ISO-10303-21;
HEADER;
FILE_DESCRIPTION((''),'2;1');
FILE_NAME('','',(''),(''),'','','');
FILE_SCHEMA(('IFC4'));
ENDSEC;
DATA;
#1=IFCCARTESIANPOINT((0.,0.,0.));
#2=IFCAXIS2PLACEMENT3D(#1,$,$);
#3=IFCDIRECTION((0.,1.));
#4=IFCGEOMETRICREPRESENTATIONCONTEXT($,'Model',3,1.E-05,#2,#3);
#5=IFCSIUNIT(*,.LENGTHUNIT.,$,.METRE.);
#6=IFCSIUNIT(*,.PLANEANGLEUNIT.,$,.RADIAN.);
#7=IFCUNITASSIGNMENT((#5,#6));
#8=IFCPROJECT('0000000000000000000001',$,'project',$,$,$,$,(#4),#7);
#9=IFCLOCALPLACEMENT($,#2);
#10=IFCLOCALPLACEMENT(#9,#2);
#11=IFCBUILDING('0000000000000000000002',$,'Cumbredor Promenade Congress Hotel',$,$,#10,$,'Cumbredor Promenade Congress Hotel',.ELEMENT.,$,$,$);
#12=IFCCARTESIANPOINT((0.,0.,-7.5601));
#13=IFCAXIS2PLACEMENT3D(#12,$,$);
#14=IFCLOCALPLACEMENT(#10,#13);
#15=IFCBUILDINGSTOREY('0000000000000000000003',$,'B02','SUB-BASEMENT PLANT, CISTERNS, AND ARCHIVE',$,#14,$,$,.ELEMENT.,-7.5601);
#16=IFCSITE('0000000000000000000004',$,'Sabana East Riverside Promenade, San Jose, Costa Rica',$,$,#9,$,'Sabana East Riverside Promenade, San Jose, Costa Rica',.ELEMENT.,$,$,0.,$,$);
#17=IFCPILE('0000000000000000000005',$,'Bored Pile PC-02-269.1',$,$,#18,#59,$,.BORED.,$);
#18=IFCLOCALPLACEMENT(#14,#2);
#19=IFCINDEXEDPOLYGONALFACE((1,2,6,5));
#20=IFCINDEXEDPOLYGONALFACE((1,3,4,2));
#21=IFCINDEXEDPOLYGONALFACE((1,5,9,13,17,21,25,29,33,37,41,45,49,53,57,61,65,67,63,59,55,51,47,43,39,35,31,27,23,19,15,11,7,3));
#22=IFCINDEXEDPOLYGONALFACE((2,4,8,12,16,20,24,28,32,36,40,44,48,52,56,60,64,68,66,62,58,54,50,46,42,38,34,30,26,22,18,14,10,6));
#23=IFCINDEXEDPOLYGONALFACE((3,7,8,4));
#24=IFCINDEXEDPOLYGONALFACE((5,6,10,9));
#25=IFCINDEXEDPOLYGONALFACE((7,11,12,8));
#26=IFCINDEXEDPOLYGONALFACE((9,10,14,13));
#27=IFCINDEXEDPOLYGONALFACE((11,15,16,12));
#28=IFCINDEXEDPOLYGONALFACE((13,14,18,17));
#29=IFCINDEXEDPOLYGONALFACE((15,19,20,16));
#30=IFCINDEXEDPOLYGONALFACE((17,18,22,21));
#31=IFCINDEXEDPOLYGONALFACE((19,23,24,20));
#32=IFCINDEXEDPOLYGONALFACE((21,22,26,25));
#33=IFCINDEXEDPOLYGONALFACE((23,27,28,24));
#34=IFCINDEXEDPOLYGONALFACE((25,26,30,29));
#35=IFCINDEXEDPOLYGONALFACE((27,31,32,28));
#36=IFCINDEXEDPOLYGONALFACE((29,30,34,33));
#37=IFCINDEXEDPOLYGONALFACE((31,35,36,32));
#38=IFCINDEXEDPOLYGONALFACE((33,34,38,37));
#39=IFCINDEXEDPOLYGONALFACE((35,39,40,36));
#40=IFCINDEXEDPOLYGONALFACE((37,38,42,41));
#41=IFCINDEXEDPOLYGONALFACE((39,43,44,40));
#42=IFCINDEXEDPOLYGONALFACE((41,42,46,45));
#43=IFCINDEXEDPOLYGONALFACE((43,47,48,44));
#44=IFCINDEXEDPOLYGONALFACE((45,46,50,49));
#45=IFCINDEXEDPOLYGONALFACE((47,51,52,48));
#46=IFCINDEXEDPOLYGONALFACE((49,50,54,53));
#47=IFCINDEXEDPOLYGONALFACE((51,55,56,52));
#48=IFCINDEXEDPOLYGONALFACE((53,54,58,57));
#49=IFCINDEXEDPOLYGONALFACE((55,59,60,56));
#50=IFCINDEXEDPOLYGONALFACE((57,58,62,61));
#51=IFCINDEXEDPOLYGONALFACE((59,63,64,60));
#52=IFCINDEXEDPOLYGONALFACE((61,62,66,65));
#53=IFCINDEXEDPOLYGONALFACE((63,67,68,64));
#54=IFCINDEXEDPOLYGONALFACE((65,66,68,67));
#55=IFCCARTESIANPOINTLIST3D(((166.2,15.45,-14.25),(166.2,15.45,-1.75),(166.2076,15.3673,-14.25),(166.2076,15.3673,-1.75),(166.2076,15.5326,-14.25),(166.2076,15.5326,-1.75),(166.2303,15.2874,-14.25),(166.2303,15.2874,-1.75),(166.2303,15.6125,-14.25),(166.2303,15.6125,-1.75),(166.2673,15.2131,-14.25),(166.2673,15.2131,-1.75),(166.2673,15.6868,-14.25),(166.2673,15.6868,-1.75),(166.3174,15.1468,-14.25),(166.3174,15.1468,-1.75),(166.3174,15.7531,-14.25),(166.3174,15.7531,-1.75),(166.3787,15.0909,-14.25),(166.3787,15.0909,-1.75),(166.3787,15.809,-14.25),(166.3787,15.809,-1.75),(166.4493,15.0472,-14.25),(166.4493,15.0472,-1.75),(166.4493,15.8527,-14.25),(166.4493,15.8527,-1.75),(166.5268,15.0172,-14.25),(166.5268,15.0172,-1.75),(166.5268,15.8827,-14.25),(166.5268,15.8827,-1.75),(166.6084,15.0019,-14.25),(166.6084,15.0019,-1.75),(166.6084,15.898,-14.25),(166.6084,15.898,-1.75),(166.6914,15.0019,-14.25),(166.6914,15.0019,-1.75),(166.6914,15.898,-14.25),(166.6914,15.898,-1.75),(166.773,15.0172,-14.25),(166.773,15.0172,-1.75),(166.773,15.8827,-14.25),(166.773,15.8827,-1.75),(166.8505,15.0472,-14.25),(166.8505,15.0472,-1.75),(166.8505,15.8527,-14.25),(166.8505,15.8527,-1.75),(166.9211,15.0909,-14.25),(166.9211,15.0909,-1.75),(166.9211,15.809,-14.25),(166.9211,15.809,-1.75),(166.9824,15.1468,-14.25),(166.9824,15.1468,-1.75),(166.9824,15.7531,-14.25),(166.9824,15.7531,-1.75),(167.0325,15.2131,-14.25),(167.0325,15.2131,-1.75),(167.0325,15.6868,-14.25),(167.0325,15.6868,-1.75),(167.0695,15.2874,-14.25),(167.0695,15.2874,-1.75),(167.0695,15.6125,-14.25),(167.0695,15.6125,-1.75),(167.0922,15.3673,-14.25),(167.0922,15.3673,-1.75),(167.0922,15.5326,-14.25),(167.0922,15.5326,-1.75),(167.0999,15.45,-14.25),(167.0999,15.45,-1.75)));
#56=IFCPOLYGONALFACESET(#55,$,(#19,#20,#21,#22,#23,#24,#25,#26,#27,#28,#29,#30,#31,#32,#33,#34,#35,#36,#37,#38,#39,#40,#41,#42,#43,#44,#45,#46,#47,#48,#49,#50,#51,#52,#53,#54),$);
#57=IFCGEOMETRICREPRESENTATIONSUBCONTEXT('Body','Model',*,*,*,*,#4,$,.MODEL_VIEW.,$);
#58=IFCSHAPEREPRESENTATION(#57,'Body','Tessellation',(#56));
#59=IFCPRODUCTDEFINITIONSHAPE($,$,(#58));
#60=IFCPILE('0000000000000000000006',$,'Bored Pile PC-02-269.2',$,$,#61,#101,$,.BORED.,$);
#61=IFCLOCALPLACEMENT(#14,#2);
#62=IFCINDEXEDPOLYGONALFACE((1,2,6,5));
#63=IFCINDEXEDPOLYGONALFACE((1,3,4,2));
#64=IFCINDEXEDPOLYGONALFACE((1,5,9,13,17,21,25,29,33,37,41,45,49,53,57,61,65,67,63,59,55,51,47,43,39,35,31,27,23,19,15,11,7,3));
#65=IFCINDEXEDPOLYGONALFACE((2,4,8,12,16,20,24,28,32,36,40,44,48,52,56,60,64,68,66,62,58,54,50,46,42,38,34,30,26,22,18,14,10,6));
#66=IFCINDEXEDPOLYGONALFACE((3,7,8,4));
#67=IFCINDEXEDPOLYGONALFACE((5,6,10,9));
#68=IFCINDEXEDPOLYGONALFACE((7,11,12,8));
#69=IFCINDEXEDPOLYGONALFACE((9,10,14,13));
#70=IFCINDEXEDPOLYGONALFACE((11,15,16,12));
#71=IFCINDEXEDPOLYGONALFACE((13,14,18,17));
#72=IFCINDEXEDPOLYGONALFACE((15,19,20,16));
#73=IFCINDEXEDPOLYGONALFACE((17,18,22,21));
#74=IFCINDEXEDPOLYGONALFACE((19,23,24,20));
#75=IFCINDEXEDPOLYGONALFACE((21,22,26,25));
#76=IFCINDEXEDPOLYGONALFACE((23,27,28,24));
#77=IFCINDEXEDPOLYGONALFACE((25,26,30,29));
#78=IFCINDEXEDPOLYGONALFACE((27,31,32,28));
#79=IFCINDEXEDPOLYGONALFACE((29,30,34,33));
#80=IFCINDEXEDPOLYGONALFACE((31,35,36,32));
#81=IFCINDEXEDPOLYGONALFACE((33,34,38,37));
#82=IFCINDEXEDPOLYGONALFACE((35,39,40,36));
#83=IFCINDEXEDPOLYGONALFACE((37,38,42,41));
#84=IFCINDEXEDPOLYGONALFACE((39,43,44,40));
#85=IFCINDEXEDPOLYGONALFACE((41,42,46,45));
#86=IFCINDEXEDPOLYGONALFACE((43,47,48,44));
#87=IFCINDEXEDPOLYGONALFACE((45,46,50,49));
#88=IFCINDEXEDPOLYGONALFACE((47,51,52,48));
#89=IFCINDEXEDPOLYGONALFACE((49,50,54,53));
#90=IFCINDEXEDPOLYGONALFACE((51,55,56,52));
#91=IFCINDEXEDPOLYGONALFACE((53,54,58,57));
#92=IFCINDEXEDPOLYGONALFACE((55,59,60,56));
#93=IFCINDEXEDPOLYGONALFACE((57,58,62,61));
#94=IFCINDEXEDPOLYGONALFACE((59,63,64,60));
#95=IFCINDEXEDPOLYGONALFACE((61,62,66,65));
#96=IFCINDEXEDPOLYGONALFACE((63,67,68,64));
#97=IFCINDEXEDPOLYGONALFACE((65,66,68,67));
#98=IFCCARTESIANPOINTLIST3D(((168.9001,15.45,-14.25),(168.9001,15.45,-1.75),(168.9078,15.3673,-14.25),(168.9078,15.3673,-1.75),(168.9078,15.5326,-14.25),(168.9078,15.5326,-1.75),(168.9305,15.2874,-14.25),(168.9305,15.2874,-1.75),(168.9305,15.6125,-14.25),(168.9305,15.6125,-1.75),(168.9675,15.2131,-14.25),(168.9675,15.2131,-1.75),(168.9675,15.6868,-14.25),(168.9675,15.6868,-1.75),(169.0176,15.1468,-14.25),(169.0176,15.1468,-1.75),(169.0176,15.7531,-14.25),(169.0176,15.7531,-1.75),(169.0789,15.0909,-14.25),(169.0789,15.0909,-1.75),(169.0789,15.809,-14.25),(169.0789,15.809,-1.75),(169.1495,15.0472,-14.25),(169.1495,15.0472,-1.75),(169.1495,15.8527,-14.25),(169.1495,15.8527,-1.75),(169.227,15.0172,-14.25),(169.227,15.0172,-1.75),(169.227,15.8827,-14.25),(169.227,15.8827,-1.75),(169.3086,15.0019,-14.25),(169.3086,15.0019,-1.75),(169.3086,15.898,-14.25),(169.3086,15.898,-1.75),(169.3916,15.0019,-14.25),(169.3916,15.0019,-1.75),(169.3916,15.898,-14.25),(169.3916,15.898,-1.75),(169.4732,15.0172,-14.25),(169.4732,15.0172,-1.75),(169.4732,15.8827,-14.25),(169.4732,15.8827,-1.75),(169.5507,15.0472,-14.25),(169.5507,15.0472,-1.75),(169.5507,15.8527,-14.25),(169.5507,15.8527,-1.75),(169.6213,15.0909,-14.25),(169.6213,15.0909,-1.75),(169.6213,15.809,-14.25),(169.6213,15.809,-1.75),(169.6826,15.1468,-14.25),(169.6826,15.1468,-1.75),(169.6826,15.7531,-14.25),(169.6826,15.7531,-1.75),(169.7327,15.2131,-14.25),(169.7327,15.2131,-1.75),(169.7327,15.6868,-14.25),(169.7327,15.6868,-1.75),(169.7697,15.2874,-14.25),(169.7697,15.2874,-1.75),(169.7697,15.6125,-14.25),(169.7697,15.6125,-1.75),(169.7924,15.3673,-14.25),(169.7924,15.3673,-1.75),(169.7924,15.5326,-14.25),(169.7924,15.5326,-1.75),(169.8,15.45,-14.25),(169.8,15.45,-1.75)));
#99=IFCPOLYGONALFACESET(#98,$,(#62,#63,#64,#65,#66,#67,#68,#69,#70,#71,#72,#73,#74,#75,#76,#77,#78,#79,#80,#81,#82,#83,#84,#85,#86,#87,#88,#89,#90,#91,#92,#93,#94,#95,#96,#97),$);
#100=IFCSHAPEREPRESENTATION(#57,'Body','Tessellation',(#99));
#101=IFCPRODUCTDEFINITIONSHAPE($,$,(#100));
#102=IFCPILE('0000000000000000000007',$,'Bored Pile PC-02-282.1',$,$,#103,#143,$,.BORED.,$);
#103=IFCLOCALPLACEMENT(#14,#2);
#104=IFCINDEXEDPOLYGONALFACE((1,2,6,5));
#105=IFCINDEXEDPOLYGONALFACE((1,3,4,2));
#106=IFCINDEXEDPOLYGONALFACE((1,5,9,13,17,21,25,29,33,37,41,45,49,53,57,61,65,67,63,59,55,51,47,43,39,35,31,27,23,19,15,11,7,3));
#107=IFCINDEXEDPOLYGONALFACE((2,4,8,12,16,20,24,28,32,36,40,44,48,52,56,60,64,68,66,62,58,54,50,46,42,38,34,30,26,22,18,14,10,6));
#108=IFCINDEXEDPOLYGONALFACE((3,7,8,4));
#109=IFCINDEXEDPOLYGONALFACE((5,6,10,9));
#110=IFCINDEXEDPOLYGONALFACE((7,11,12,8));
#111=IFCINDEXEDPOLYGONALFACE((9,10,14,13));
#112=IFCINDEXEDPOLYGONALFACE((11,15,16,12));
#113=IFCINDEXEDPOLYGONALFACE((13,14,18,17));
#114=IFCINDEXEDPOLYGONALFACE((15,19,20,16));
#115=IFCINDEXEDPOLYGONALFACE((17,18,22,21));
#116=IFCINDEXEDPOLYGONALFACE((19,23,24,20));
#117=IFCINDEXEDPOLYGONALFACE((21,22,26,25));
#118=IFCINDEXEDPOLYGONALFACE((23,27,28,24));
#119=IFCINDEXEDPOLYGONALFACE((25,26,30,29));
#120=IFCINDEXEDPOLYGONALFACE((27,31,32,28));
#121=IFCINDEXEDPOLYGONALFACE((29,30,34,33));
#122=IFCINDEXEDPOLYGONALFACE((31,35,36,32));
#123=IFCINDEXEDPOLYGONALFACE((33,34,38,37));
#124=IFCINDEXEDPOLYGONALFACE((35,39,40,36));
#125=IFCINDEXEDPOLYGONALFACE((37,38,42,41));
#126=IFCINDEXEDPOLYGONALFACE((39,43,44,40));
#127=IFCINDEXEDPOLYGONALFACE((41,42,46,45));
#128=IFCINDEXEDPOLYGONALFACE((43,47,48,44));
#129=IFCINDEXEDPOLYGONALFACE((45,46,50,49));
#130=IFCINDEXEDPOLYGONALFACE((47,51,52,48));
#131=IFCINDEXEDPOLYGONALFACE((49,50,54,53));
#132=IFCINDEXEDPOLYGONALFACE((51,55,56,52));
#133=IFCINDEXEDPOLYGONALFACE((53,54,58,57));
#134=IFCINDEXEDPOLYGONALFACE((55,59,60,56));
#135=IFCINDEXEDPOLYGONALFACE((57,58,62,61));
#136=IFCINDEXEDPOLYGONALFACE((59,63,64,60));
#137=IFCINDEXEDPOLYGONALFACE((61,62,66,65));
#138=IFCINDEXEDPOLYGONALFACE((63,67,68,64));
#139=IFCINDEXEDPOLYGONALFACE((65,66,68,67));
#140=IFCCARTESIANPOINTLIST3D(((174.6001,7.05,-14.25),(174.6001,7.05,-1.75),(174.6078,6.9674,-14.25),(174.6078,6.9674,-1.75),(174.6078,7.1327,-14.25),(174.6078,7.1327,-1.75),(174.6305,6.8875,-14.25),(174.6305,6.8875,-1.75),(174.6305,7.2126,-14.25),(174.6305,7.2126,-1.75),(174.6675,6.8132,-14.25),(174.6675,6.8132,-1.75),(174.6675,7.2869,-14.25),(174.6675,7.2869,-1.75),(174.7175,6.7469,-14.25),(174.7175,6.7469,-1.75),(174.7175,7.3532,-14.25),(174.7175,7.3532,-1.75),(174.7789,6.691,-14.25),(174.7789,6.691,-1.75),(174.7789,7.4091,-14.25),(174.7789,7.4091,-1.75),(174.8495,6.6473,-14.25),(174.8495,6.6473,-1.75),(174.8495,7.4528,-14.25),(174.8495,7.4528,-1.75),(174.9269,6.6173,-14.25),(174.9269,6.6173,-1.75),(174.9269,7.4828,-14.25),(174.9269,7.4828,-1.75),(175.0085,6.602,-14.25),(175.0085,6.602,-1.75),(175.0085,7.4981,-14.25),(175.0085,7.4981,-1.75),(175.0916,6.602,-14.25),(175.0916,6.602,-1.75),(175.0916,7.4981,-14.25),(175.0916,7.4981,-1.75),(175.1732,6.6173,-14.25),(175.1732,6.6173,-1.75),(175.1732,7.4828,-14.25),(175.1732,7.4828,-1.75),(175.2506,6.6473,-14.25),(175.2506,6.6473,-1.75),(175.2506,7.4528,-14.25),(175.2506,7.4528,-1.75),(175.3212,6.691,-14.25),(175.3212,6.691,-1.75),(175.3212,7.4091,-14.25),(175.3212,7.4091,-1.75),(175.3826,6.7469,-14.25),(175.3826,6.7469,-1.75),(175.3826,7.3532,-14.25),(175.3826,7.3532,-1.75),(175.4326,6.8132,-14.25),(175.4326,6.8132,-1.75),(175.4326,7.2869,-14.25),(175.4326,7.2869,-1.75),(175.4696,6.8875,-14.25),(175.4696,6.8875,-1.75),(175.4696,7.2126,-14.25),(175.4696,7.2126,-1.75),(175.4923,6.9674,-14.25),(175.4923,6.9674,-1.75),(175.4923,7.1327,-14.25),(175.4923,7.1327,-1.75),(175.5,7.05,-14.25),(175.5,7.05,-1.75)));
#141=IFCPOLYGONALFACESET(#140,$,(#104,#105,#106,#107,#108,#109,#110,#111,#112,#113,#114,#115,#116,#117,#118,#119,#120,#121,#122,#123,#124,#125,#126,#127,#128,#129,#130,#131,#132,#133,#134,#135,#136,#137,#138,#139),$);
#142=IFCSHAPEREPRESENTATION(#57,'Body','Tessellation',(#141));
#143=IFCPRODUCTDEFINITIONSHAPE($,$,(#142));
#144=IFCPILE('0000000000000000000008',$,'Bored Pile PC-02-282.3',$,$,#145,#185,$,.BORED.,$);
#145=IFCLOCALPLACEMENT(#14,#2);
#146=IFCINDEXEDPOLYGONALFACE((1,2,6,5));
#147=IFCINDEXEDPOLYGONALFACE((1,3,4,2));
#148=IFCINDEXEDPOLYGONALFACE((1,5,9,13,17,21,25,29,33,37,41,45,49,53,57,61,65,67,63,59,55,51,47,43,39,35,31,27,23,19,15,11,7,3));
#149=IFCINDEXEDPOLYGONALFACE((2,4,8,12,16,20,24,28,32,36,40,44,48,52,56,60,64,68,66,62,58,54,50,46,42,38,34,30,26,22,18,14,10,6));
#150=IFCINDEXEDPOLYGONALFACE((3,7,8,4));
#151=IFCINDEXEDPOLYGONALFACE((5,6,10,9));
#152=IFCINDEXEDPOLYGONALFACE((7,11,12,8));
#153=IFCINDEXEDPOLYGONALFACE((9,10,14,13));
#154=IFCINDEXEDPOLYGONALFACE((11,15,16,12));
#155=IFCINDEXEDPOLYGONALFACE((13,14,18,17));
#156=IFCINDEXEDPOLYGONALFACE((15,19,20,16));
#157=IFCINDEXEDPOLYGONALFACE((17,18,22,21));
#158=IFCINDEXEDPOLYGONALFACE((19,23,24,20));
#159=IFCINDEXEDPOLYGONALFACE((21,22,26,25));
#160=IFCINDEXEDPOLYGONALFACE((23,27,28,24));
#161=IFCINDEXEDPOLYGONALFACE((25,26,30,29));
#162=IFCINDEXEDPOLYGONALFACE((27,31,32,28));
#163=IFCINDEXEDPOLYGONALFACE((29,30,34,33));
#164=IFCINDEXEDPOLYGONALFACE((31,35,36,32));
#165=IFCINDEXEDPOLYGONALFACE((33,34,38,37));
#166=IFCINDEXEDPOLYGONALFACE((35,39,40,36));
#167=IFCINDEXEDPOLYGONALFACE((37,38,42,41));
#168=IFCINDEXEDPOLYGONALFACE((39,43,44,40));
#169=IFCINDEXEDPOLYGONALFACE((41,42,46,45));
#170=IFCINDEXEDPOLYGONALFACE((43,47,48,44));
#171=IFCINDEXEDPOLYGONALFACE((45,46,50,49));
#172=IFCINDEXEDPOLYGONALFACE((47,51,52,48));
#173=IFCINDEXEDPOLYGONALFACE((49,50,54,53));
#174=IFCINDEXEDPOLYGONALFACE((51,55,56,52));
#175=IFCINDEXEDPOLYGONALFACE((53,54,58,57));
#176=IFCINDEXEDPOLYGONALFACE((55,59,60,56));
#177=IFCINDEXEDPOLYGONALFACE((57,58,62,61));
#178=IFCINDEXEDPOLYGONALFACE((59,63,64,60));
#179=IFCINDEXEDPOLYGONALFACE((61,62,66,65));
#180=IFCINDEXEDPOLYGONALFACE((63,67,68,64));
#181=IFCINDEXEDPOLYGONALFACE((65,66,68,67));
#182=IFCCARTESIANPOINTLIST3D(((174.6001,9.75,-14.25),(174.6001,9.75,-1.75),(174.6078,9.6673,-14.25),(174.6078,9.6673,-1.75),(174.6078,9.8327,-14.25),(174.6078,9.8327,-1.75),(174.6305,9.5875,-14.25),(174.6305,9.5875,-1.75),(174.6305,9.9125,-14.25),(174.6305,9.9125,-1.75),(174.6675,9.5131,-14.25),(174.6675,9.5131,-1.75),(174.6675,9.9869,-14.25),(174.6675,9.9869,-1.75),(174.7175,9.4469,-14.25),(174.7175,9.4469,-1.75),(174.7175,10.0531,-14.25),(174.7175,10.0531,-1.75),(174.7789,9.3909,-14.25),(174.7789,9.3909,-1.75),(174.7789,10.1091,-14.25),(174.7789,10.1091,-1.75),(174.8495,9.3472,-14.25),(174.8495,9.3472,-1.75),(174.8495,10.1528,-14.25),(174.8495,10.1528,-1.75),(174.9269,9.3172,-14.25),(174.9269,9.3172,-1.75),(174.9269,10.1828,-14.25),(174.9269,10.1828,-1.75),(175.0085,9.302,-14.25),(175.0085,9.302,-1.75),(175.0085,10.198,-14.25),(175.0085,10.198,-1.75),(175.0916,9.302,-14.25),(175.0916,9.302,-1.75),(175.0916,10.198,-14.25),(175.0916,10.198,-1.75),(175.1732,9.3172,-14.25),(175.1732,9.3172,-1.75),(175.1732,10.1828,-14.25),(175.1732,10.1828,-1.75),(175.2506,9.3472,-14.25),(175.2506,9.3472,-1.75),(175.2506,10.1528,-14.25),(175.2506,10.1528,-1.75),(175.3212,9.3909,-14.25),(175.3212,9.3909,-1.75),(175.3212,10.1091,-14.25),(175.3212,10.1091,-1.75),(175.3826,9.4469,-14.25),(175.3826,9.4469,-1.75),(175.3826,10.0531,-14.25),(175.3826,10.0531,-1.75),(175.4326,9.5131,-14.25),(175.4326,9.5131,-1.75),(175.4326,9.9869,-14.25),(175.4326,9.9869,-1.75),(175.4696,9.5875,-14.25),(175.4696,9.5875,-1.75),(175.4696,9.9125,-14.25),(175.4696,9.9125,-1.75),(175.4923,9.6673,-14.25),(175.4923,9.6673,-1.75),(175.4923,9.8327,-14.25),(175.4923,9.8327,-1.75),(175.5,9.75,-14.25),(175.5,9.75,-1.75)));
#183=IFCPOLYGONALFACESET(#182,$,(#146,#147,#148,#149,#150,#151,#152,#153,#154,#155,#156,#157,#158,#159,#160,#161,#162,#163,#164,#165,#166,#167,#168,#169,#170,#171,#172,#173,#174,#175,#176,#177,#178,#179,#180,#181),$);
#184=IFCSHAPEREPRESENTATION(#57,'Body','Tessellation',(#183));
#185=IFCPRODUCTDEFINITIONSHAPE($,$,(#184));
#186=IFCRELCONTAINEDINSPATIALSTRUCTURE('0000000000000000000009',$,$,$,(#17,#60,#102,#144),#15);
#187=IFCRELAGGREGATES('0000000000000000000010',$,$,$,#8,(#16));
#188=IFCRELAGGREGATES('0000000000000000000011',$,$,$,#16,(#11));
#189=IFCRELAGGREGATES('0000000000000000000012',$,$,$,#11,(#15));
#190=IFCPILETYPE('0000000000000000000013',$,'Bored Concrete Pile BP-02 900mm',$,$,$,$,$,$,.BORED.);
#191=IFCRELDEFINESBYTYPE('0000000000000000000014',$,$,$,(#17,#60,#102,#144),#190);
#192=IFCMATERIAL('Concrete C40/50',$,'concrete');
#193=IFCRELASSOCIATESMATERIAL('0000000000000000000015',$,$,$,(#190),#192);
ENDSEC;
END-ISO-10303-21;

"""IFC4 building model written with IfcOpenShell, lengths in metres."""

from ifc_helpers import new_model, si_unit, direction, frame, origin, origin_2d, place, context, subcontext, project, spatial, circle, extrude, material, material_profile, profile_set, type_object, element, save


model = new_model("IFC4")

# Units and contexts
model_context = context("Model", 3, precision=1e-05, world=origin(), true_north=direction((0.0, 1.0)))
body_context = subcontext(model_context, "Body", "Model", "MODEL_VIEW")
ifc_project = project(units=[si_unit("LENGTHUNIT", "METRE"), si_unit("PLANEANGLEUNIT", "RADIAN")], contexts=[model_context])

# Site, building, storey
site_placement = place(None, origin())
site = spatial("IfcSite", under=ifc_project, at=site_placement, Name="Sabana East Riverside Promenade, San Jose, Costa Rica", LongName="Sabana East Riverside Promenade, San Jose, Costa Rica", CompositionType="ELEMENT", RefElevation=0.0)
building_placement = place(site_placement, origin())
building = spatial("IfcBuilding", under=site, at=building_placement, Name="Cumbredor Promenade Congress Hotel", LongName="Cumbredor Promenade Congress Hotel", CompositionType="ELEMENT")
storey_placement = place(building_placement, frame((0.0, 0.0, -7.5601)))
storey = spatial("IfcBuildingStorey", under=building, at=storey_placement, Name="B02", Description="SUB-BASEMENT PLANT, CISTERNS, AND ARCHIVE", CompositionType="ELEMENT", Elevation=-7.5601)

# Piles
ifc_material_1 = material(Name="Concrete C40/50", Category="concrete")
ifc_material_profile_1 = material_profile(ifc_material_1, circle(Radius=0.45, at=origin_2d()), Name="PILE D900")
ifc_profile_set_1 = profile_set([ifc_material_profile_1], Name="Concrete C40/50")
pile_type = type_object("IfcPileType", Name="Bored Concrete Pile BP-02 900mm", PredefinedType="BORED", material=ifc_profile_set_1)
for number, where, z_axis, x_axis, name in (
    (1, (166.6499, 15.45, -1.75), (0.0, 0.0, -1.0), (1.0, 0.0, 0.0), "Bored Pile PC-02-269.1"),
    (2, (169.3501, 15.45, -1.75), (0.0, 0.0, -1.0), (1.0, 0.0, 0.0), "Bored Pile PC-02-269.2"),
    (3, (175.05, 7.05, -1.75), (0.0, 0.0, -1.0), (1.0, 0.0, 0.0), "Bored Pile PC-02-282.1"),
    (4, (175.05, 9.75, -1.75), (0.0, 0.0, -1.0), (1.0, 0.0, 0.0), "Bored Pile PC-02-282.3"),
):
    element("IfcPile", number, at=place(storey_placement, frame(where, z_axis=z_axis, x_axis=x_axis)), inside=storey, type_object=pile_type, Name=name, PredefinedType="BORED", context=body_context, shape_type="SweptSolid", body=[
        extrude(circle(Radius=0.45, at=origin_2d()), origin(), (0.0, 0.0, 1.0), 12.5),
    ])

save(model, "model.ifc")
